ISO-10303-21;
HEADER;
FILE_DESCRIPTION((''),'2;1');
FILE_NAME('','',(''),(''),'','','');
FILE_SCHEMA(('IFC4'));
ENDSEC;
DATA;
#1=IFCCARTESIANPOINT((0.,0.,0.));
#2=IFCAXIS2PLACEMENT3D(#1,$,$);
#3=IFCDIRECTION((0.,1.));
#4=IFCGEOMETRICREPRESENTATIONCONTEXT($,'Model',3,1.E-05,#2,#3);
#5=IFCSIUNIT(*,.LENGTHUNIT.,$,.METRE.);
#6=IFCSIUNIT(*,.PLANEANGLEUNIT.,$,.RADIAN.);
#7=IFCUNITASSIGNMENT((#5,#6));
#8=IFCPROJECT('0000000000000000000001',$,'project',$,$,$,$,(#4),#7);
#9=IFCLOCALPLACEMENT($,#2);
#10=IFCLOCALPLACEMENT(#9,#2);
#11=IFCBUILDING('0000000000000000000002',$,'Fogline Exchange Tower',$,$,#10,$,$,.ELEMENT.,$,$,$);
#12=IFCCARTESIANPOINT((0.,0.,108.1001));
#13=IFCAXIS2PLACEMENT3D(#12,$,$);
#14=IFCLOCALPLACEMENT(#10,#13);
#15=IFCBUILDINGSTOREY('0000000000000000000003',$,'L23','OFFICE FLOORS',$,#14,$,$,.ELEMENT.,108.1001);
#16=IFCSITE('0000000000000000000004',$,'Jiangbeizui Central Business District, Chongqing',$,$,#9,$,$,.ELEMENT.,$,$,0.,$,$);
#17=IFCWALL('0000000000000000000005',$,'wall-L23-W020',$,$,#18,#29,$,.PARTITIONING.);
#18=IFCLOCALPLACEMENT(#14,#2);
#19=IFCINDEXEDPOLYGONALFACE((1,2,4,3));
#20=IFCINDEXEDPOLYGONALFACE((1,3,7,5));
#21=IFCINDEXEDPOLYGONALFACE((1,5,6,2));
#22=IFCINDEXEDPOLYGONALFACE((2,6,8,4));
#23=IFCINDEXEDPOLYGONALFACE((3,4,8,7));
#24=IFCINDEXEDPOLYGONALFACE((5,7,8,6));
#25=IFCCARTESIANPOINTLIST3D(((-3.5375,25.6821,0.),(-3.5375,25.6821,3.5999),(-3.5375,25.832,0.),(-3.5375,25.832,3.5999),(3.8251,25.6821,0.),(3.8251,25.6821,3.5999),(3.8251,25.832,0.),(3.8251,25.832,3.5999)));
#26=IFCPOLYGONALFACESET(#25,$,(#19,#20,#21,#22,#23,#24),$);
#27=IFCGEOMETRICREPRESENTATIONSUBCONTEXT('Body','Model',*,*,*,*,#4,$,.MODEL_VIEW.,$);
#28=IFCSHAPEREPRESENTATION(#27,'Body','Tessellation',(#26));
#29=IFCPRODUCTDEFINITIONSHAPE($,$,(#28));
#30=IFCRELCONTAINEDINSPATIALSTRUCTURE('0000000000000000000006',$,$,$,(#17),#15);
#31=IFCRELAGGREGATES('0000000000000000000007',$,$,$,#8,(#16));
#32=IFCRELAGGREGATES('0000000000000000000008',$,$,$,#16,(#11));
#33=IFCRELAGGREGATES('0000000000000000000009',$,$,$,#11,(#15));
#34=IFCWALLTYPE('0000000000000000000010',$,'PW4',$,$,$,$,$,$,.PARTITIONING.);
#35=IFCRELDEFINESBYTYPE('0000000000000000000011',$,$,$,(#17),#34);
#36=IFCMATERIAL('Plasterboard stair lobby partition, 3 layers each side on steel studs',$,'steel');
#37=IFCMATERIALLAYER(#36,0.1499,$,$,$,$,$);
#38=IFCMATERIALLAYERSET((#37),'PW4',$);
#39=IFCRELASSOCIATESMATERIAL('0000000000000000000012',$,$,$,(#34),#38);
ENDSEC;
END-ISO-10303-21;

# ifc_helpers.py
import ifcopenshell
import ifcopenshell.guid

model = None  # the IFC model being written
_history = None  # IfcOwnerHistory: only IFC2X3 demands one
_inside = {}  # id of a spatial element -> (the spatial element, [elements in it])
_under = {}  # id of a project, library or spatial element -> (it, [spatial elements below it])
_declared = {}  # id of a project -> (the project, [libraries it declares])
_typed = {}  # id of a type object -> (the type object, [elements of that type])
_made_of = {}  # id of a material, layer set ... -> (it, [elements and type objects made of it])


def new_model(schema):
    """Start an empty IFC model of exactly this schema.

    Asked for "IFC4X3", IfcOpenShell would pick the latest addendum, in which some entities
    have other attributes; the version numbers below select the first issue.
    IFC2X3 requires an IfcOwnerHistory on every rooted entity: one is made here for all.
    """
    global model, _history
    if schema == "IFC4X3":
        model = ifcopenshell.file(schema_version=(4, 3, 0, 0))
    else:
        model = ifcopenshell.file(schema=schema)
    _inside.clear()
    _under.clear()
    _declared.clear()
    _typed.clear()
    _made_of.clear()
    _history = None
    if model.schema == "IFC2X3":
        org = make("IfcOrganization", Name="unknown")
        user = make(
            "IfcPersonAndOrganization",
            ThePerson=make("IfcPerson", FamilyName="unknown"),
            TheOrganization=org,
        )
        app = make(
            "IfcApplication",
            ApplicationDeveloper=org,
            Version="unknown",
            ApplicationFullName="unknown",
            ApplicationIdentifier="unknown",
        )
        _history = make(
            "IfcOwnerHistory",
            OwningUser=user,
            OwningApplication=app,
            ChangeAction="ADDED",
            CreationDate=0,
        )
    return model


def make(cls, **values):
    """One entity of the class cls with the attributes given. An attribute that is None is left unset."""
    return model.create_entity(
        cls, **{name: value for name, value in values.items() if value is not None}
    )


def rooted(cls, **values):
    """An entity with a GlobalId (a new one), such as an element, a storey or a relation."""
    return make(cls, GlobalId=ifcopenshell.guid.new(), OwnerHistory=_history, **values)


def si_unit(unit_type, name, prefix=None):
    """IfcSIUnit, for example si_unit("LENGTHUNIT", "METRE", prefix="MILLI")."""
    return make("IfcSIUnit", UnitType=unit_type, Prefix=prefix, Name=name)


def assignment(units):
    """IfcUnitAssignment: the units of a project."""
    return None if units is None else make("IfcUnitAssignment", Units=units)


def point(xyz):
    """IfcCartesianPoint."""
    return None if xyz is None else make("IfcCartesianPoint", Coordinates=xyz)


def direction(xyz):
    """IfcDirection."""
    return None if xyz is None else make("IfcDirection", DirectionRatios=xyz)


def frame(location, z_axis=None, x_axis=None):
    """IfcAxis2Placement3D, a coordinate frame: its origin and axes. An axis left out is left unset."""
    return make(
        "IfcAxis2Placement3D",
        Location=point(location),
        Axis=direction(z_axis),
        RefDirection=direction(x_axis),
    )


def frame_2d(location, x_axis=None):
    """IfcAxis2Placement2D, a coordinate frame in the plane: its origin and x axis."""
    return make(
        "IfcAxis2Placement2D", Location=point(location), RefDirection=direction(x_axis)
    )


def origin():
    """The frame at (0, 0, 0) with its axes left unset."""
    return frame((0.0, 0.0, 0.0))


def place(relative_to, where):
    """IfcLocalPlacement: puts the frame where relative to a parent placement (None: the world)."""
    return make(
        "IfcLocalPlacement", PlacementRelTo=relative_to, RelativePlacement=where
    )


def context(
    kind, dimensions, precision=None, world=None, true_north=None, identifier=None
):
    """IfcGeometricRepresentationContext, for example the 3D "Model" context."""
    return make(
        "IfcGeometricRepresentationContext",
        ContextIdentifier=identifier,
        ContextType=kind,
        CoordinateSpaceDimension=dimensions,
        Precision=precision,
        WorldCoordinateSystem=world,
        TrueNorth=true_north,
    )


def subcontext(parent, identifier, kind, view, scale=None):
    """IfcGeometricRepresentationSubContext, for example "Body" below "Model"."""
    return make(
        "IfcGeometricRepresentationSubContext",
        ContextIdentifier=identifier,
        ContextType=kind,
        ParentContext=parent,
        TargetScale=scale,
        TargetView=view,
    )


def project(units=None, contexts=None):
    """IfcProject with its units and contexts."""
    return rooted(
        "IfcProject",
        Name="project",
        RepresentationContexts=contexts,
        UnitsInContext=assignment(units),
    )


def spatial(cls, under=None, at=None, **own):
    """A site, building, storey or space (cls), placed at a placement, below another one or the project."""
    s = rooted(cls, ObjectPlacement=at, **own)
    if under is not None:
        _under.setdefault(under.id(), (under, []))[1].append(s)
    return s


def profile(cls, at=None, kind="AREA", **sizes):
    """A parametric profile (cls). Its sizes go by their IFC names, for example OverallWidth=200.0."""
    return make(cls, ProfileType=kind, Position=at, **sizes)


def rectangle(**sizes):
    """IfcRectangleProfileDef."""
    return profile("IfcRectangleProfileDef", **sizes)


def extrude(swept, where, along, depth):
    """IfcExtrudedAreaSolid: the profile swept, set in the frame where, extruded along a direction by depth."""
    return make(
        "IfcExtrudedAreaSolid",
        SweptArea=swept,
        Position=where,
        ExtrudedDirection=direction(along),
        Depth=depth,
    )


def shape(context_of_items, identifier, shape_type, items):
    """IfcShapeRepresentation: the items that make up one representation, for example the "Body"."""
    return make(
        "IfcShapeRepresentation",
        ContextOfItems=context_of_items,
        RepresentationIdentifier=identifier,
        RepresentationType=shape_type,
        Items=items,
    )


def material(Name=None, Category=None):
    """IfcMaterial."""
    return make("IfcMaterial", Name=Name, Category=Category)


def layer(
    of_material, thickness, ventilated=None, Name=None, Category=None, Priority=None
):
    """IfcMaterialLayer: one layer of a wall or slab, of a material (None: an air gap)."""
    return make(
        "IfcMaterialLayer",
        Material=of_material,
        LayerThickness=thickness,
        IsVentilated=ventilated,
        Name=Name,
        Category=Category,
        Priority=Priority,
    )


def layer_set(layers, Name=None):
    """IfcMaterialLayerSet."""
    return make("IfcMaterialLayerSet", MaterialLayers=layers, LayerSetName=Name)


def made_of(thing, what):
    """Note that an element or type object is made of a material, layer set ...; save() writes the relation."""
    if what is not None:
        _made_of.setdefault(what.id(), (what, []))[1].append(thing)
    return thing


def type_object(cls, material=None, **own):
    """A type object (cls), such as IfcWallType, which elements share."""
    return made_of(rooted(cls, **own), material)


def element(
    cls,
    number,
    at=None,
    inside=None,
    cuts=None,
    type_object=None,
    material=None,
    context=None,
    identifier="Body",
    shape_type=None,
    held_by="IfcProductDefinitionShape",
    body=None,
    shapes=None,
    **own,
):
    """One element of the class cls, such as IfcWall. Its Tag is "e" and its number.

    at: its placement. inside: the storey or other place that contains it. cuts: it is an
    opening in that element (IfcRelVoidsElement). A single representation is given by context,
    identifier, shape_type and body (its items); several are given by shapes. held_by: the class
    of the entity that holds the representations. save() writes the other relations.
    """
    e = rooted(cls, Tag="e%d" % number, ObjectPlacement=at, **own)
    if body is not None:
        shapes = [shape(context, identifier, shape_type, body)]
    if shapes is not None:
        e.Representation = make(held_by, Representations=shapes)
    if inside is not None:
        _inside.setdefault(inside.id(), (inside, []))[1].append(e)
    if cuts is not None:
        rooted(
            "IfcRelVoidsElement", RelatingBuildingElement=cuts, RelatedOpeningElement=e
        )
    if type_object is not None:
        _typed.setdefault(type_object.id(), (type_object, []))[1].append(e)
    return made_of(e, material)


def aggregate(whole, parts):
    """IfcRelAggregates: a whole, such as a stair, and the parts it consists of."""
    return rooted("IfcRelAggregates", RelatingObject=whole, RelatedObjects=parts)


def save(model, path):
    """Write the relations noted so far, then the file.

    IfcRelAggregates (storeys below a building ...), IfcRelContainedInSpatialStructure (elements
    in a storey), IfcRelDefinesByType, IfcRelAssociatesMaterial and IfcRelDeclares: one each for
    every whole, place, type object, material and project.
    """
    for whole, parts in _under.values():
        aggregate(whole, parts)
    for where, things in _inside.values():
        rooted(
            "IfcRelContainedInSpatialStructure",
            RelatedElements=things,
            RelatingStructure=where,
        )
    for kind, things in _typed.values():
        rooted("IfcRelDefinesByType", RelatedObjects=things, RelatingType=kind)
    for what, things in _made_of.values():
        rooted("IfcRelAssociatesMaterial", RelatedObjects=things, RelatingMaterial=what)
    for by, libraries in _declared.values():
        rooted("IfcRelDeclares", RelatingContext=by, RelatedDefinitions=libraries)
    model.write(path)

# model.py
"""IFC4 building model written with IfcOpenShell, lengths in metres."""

from ifc_helpers import new_model, si_unit, direction, frame, frame_2d, origin, place, context, subcontext, project, spatial, rectangle, extrude, material, layer, layer_set, type_object, element, save


model = new_model("IFC4")

# Units and contexts
model_context = context("Model", 3, precision=1e-05, world=origin(), true_north=direction((0.0, 1.0)))
body_context = subcontext(model_context, "Body", "Model", "MODEL_VIEW")
ifc_project = project(units=[si_unit("LENGTHUNIT", "METRE"), si_unit("PLANEANGLEUNIT", "RADIAN")], contexts=[model_context])

# Site, building, storey
site_placement = place(None, origin())
site = spatial("IfcSite", under=ifc_project, at=site_placement, Name="Jiangbeizui Central Business District, Chongqing", CompositionType="ELEMENT", RefElevation=0.0)
building_placement = place(site_placement, origin())
building = spatial("IfcBuilding", under=site, at=building_placement, Name="Fogline Exchange Tower", CompositionType="ELEMENT")
storey_placement = place(building_placement, frame((0.0, 0.0, 108.1001)))
storey = spatial("IfcBuildingStorey", under=building, at=storey_placement, Name="L23", Description="OFFICE FLOORS", CompositionType="ELEMENT", Elevation=108.1001)

# Wall
ifc_material_1 = material(Name="Plasterboard stair lobby partition, 3 layers each side on steel studs", Category="steel")
ifc_layer_1 = layer(ifc_material_1, 0.1499)
ifc_layer_set_1 = layer_set([ifc_layer_1], Name="PW4")
wall_type_1 = type_object("IfcWallType", Name="PW4", PredefinedType="PARTITIONING", material=ifc_layer_set_1)
wall_1_placement = place(storey_placement, frame((3.825, 25.7571, 0.0), z_axis=(0.0, 0.0, 1.0), x_axis=(-1.0, 0.0, 0.0)))
element("IfcWall", 1, at=wall_1_placement, inside=storey, type_object=wall_type_1, Name="wall-L23-W020", PredefinedType="PARTITIONING", context=body_context, shape_type="SweptSolid", body=[
    extrude(rectangle(XDim=7.3625, YDim=0.1499, at=frame_2d((3.6812, 0.0))), origin(), (0.0, 0.0, 1.0), 3.5999),
])

save(model, "model.ifc")
